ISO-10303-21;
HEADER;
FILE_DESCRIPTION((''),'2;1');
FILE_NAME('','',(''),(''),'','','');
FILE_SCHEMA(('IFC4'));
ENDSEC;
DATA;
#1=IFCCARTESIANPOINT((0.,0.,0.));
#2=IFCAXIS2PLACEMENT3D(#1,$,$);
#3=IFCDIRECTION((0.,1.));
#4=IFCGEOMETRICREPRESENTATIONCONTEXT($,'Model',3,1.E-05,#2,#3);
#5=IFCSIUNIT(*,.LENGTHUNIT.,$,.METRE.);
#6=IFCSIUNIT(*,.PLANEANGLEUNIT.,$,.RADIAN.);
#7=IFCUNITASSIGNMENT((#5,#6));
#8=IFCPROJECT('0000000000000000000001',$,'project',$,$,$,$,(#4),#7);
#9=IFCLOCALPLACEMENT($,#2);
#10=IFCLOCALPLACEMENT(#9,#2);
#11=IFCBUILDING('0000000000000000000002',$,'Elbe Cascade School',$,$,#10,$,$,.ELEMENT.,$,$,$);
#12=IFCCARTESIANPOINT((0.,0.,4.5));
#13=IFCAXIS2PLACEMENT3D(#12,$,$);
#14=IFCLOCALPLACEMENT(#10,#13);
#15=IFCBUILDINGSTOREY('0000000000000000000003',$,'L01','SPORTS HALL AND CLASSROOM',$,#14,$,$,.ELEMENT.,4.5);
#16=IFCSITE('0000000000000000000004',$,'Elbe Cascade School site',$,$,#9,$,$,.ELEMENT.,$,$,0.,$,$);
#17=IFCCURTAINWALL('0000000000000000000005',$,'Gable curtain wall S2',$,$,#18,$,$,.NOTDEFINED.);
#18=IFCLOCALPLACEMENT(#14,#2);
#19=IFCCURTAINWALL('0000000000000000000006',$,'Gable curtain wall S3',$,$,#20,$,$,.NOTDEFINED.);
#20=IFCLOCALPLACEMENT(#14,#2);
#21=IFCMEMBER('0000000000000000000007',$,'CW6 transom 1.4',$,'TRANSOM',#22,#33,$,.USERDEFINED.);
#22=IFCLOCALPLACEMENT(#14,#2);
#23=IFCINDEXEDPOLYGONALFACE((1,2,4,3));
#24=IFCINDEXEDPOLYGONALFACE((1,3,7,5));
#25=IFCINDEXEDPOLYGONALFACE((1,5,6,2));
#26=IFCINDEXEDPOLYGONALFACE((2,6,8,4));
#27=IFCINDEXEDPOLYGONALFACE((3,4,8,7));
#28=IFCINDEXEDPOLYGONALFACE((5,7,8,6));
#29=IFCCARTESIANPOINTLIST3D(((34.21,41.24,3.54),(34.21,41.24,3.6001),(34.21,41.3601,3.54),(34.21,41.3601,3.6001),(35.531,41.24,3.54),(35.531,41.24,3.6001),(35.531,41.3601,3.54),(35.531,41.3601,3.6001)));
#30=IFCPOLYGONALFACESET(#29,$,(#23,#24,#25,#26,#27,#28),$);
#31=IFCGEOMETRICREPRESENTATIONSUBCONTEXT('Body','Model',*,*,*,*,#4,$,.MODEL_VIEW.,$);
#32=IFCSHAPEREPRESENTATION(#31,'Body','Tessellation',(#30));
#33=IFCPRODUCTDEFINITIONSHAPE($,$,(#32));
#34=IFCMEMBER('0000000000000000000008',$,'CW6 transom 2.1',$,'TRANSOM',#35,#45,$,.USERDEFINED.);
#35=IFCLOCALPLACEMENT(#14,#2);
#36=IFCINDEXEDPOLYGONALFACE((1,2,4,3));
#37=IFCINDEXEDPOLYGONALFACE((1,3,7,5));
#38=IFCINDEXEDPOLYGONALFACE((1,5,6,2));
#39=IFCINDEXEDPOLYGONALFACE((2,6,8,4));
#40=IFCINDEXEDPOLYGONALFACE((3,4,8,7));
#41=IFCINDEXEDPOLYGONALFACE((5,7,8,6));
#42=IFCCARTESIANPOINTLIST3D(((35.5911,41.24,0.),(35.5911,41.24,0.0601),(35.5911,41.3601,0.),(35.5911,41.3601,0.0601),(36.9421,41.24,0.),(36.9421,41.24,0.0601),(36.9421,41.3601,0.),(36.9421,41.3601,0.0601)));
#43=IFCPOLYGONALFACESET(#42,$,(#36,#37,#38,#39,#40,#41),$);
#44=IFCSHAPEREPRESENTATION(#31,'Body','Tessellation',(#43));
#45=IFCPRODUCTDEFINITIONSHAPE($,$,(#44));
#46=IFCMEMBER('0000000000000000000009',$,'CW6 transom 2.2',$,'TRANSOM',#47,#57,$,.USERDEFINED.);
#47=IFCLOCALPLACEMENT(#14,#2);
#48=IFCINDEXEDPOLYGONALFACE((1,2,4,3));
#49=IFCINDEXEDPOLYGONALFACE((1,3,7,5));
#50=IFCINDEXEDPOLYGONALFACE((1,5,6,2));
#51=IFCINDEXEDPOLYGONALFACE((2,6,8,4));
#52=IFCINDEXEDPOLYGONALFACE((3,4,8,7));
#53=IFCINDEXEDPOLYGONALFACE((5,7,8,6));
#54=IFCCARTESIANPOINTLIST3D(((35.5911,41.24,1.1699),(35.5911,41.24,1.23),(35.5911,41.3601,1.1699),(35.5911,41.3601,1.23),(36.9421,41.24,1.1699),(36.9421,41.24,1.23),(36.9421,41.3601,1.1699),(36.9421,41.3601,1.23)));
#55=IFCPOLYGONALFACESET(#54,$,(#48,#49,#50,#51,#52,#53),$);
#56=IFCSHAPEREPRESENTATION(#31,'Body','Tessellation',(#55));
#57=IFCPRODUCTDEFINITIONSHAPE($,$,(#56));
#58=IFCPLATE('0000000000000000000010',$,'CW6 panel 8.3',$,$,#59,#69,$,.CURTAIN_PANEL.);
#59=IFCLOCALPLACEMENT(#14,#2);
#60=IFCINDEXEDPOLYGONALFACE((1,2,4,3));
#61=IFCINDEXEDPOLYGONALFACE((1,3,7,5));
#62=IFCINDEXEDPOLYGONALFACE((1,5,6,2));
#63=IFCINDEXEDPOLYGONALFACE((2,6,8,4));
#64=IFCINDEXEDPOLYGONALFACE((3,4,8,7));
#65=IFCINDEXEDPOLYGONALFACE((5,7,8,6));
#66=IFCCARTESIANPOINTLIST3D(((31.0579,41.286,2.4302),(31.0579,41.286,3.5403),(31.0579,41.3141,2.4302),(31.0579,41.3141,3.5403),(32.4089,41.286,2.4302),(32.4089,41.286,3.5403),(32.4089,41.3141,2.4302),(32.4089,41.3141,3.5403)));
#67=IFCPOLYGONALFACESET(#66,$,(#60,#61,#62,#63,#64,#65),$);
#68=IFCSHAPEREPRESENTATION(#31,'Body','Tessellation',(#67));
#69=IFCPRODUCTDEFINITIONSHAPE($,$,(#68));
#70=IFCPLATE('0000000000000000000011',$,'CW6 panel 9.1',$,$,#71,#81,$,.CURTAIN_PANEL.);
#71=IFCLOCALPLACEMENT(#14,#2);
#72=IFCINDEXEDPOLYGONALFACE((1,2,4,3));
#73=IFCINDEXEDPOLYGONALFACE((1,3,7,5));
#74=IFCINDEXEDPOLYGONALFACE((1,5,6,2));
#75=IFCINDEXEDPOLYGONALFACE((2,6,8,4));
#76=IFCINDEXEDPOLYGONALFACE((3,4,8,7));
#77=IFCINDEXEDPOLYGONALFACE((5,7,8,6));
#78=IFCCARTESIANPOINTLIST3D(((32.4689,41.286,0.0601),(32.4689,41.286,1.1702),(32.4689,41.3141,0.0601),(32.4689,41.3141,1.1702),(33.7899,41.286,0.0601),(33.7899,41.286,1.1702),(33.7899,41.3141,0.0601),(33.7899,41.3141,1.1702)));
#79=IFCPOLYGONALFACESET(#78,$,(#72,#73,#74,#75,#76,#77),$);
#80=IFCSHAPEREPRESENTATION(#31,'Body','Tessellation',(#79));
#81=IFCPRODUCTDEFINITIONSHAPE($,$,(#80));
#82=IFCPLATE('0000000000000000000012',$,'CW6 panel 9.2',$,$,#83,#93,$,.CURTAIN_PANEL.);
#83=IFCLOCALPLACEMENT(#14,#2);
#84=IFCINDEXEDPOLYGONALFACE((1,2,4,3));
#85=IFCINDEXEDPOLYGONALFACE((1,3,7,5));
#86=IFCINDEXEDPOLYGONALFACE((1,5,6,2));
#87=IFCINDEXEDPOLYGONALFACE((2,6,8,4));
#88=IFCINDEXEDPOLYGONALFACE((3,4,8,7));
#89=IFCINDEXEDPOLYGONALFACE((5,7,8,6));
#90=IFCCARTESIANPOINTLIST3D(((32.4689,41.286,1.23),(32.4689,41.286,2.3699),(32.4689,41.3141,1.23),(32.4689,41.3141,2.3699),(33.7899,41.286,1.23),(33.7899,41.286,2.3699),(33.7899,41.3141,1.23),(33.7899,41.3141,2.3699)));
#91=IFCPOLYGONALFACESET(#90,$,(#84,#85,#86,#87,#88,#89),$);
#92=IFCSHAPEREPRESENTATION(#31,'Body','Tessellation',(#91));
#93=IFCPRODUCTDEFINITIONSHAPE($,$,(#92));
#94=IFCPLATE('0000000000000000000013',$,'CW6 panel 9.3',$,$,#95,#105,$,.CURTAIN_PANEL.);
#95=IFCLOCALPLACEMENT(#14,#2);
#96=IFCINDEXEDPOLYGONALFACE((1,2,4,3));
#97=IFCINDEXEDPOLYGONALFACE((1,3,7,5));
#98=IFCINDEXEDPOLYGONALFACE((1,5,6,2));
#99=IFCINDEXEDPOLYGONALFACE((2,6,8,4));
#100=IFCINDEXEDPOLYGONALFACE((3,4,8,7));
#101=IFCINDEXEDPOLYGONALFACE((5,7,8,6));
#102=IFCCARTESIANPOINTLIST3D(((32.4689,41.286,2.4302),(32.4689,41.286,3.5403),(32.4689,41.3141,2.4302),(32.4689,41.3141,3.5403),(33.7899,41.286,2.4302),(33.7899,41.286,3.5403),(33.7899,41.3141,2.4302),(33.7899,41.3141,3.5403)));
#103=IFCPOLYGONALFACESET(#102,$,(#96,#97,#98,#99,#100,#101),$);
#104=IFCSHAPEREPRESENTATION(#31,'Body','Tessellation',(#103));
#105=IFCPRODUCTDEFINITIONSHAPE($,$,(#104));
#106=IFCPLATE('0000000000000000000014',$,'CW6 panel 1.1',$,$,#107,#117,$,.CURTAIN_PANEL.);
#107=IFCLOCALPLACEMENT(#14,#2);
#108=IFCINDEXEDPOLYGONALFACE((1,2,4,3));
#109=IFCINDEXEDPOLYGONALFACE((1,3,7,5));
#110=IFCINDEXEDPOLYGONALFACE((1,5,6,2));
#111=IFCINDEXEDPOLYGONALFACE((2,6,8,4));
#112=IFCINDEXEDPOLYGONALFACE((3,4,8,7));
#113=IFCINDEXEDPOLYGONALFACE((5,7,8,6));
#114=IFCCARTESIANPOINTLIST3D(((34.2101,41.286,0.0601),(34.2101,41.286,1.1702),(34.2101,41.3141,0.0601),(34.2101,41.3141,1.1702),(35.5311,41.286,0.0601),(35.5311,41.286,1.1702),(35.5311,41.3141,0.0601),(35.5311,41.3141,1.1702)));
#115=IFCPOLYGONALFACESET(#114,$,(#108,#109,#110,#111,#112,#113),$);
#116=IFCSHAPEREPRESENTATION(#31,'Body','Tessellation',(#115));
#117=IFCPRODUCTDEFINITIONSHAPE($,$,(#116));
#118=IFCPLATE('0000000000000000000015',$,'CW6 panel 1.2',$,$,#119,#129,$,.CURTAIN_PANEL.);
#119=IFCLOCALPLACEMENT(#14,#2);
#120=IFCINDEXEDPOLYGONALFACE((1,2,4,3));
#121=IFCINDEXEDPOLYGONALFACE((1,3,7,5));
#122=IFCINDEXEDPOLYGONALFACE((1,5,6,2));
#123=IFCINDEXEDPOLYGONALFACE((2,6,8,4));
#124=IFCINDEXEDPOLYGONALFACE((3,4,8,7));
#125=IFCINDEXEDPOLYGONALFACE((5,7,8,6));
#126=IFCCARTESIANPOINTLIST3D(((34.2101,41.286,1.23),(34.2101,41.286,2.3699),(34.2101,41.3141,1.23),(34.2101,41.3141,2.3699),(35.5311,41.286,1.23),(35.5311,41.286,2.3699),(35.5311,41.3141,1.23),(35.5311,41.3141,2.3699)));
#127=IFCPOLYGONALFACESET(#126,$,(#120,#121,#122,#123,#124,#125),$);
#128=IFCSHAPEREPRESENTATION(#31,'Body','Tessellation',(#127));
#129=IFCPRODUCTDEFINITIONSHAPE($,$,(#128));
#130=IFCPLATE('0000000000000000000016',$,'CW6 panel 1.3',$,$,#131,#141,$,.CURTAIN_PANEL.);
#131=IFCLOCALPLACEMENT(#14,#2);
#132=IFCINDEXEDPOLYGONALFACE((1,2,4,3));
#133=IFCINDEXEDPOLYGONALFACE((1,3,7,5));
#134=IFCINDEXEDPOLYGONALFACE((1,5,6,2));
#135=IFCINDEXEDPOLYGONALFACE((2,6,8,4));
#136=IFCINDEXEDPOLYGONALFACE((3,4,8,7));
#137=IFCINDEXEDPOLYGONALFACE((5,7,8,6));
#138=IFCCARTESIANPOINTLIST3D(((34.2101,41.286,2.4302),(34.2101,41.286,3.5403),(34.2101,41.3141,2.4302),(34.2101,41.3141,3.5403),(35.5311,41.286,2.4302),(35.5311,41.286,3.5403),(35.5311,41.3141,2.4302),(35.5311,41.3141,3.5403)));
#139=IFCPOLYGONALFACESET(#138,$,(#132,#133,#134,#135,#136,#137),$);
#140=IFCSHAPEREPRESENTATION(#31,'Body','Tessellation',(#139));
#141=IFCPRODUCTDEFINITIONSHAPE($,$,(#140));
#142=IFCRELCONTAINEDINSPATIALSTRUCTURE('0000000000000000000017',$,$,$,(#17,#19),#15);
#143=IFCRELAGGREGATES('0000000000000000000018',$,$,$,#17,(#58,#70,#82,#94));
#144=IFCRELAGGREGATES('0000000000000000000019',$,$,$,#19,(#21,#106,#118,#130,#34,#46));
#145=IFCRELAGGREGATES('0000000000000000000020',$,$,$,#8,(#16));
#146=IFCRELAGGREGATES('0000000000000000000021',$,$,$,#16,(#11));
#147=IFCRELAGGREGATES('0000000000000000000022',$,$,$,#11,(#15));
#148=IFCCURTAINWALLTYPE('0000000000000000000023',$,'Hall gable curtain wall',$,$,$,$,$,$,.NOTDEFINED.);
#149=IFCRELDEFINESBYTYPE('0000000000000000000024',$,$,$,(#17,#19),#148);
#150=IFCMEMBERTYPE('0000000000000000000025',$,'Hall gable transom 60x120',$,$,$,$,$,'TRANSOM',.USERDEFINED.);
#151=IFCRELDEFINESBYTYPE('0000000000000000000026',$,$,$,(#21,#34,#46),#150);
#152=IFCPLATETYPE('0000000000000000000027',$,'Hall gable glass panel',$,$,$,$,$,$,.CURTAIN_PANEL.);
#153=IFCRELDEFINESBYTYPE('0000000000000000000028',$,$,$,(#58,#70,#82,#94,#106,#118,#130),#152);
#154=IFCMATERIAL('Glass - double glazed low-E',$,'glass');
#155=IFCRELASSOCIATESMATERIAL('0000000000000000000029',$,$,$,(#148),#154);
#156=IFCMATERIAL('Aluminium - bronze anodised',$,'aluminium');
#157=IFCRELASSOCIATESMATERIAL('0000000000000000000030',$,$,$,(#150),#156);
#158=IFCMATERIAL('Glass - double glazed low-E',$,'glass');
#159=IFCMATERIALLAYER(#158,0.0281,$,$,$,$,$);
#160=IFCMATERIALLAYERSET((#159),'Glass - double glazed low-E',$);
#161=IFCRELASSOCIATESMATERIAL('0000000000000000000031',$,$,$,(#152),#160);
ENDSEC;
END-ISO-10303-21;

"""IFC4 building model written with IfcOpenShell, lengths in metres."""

from ifc_helpers import new_model, si_unit, direction, frame, origin, origin_2d, place, context, subcontext, project, spatial, rectangle, extrude, material, layer, layer_set, material_profile, profile_set, type_object, element, aggregate, save


model = new_model("IFC4")

# Units and contexts
model_context = context("Model", 3, precision=1e-05, world=origin(), true_north=direction((0.0, 1.0)))
body_context = subcontext(model_context, "Body", "Model", "MODEL_VIEW")
ifc_project = project(units=[si_unit("LENGTHUNIT", "METRE"), si_unit("PLANEANGLEUNIT", "RADIAN")], contexts=[model_context])

# Site, building, storey
site_placement = place(None, origin())
site = spatial("IfcSite", under=ifc_project, at=site_placement, Name="Elbe Cascade School site", CompositionType="ELEMENT", RefElevation=0.0)
building_placement = place(site_placement, origin())
building = spatial("IfcBuilding", under=site, at=building_placement, Name="Elbe Cascade School", CompositionType="ELEMENT")
storey_placement = place(building_placement, frame((0.0, 0.0, 4.5)))
storey = spatial("IfcBuildingStorey", under=building, at=storey_placement, Name="L01", Description="SPORTS HALL AND CLASSROOM", CompositionType="ELEMENT", Elevation=4.5)

# Curtain walls
ifc_material_1 = material(Name="Glass - double glazed low-E", Category="glass")
curtain_wall_type = type_object("IfcCurtainWallType", Name="Hall gable curtain wall", PredefinedType="NOTDEFINED", material=ifc_material_1)
curtain_wall_1_placement = place(storey_placement, origin())
curtain_wall_1 = element("IfcCurtainWall", 1, at=curtain_wall_1_placement, inside=storey, type_object=curtain_wall_type, Name="Gable curtain wall S2", PredefinedType="NOTDEFINED")
curtain_wall_2_placement = place(storey_placement, origin())
curtain_wall_2 = element("IfcCurtainWall", 2, at=curtain_wall_2_placement, inside=storey, type_object=curtain_wall_type, Name="Gable curtain wall S3", PredefinedType="NOTDEFINED")

# Members
ifc_material_2 = material(Name="Aluminium - bronze anodised", Category="aluminium")
ifc_material_profile_1 = material_profile(ifc_material_2, rectangle(XDim=0.1201, YDim=0.0601, at=origin_2d()), Name="Alu 60x120")
ifc_profile_set_1 = profile_set([ifc_material_profile_1], Name="Aluminium - bronze anodised")
member_type_1 = type_object("IfcMemberType", Name="Hall gable transom 60x120", ElementType="TRANSOM", PredefinedType="USERDEFINED", material=ifc_profile_set_1)
member_1_placement = place(storey_placement, frame((34.21, 41.3, 3.5701), z_axis=(1.0, 0.0, 0.0), x_axis=(0.0, 1.0, 0.0)))
member_1 = element("IfcMember", 3, at=member_1_placement, type_object=member_type_1, Name="CW6 transom 1.4", ObjectType="TRANSOM", PredefinedType="USERDEFINED", context=body_context, shape_type="SweptSolid", body=[
    extrude(rectangle(XDim=0.1201, YDim=0.0601, at=origin_2d()), origin(), (0.0, 0.0, 1.0), 1.321),
])
member_2_placement = place(storey_placement, frame((35.5911, 41.3, 0.03), z_axis=(1.0, 0.0, 0.0), x_axis=(0.0, 1.0, 0.0)))
member_2 = element("IfcMember", 4, at=member_2_placement, type_object=member_type_1, Name="CW6 transom 2.1", ObjectType="TRANSOM", PredefinedType="USERDEFINED", context=body_context, shape_type="SweptSolid", body=[
    extrude(rectangle(XDim=0.1201, YDim=0.0601, at=origin_2d()), origin(), (0.0, 0.0, 1.0), 1.3511),
])
member_3_placement = place(storey_placement, frame((35.5911, 41.3, 1.2), z_axis=(1.0, 0.0, 0.0), x_axis=(0.0, 1.0, 0.0)))
member_3 = element("IfcMember", 5, at=member_3_placement, type_object=member_type_1, Name="CW6 transom 2.2", ObjectType="TRANSOM", PredefinedType="USERDEFINED", context=body_context, shape_type="SweptSolid", body=[
    extrude(rectangle(XDim=0.1201, YDim=0.0601, at=origin_2d()), origin(), (0.0, 0.0, 1.0), 1.3511),
])

# Plates
ifc_material_3 = material(Name="Glass - double glazed low-E", Category="glass")
ifc_layer = layer(ifc_material_3, 0.0281)
ifc_layer_set = layer_set([ifc_layer], Name="Glass - double glazed low-E")
plate_type = type_object("IfcPlateType", Name="Hall gable glass panel", PredefinedType="CURTAIN_PANEL", material=ifc_layer_set)
plate_1_placement = place(storey_placement, frame((31.7334, 41.3, 2.4302), z_axis=(0.0, 0.0, 1.0), x_axis=(1.0, 0.0, 0.0)))
plate_1 = element("IfcPlate", 6, at=plate_1_placement, type_object=plate_type, Name="CW6 panel 8.3", PredefinedType="CURTAIN_PANEL", context=body_context, shape_type="SweptSolid", body=[
    extrude(rectangle(XDim=1.3511, YDim=0.0281, at=origin_2d()), origin(), (0.0, 0.0, 1.0), 1.1101),
])
plate_2_placement = place(storey_placement, frame((33.1294, 41.3, 0.0601), z_axis=(0.0, 0.0, 1.0), x_axis=(1.0, 0.0, 0.0)))
plate_2 = element("IfcPlate", 7, at=plate_2_placement, type_object=plate_type, Name="CW6 panel 9.1", PredefinedType="CURTAIN_PANEL", context=body_context, shape_type="SweptSolid", body=[
    extrude(rectangle(XDim=1.321, YDim=0.0281, at=origin_2d()), origin(), (0.0, 0.0, 1.0), 1.1101),
])
plate_3_placement = place(storey_placement, frame((33.1294, 41.3, 1.23), z_axis=(0.0, 0.0, 1.0), x_axis=(1.0, 0.0, 0.0)))
plate_3 = element("IfcPlate", 8, at=plate_3_placement, type_object=plate_type, Name="CW6 panel 9.2", PredefinedType="CURTAIN_PANEL", context=body_context, shape_type="SweptSolid", body=[
    extrude(rectangle(XDim=1.321, YDim=0.0281, at=origin_2d()), origin(), (0.0, 0.0, 1.0), 1.1399),
])
plate_4_placement = place(storey_placement, frame((33.1294, 41.3, 2.4302), z_axis=(0.0, 0.0, 1.0), x_axis=(1.0, 0.0, 0.0)))
plate_4 = element("IfcPlate", 9, at=plate_4_placement, type_object=plate_type, Name="CW6 panel 9.3", PredefinedType="CURTAIN_PANEL", context=body_context, shape_type="SweptSolid", body=[
    extrude(rectangle(XDim=1.321, YDim=0.0281, at=origin_2d()), origin(), (0.0, 0.0, 1.0), 1.1101),
])
aggregate(curtain_wall_1, [plate_1, plate_2, plate_3, plate_4])
plate_5_placement = place(storey_placement, frame((34.8706, 41.3, 0.0601), z_axis=(0.0, 0.0, 1.0), x_axis=(1.0, 0.0, 0.0)))
plate_5 = element("IfcPlate", 10, at=plate_5_placement, type_object=plate_type, Name="CW6 panel 1.1", PredefinedType="CURTAIN_PANEL", context=body_context, shape_type="SweptSolid", body=[
    extrude(rectangle(XDim=1.321, YDim=0.0281, at=origin_2d()), origin(), (0.0, 0.0, 1.0), 1.1101),
])
plate_6_placement = place(storey_placement, frame((34.8706, 41.3, 1.23), z_axis=(0.0, 0.0, 1.0), x_axis=(1.0, 0.0, 0.0)))
plate_6 = element("IfcPlate", 11, at=plate_6_placement, type_object=plate_type, Name="CW6 panel 1.2", PredefinedType="CURTAIN_PANEL", context=body_context, shape_type="SweptSolid", body=[
    extrude(rectangle(XDim=1.321, YDim=0.0281, at=origin_2d()), origin(), (0.0, 0.0, 1.0), 1.1399),
])
plate_7_placement = place(storey_placement, frame((34.8706, 41.3, 2.4302), z_axis=(0.0, 0.0, 1.0), x_axis=(1.0, 0.0, 0.0)))
plate_7 = element("IfcPlate", 12, at=plate_7_placement, type_object=plate_type, Name="CW6 panel 1.3", PredefinedType="CURTAIN_PANEL", context=body_context, shape_type="SweptSolid", body=[
    extrude(rectangle(XDim=1.321, YDim=0.0281, at=origin_2d()), origin(), (0.0, 0.0, 1.0), 1.1101),
])
aggregate(curtain_wall_2, [member_1, plate_5, plate_6, plate_7, member_2, member_3])

save(model, "model.ifc")
